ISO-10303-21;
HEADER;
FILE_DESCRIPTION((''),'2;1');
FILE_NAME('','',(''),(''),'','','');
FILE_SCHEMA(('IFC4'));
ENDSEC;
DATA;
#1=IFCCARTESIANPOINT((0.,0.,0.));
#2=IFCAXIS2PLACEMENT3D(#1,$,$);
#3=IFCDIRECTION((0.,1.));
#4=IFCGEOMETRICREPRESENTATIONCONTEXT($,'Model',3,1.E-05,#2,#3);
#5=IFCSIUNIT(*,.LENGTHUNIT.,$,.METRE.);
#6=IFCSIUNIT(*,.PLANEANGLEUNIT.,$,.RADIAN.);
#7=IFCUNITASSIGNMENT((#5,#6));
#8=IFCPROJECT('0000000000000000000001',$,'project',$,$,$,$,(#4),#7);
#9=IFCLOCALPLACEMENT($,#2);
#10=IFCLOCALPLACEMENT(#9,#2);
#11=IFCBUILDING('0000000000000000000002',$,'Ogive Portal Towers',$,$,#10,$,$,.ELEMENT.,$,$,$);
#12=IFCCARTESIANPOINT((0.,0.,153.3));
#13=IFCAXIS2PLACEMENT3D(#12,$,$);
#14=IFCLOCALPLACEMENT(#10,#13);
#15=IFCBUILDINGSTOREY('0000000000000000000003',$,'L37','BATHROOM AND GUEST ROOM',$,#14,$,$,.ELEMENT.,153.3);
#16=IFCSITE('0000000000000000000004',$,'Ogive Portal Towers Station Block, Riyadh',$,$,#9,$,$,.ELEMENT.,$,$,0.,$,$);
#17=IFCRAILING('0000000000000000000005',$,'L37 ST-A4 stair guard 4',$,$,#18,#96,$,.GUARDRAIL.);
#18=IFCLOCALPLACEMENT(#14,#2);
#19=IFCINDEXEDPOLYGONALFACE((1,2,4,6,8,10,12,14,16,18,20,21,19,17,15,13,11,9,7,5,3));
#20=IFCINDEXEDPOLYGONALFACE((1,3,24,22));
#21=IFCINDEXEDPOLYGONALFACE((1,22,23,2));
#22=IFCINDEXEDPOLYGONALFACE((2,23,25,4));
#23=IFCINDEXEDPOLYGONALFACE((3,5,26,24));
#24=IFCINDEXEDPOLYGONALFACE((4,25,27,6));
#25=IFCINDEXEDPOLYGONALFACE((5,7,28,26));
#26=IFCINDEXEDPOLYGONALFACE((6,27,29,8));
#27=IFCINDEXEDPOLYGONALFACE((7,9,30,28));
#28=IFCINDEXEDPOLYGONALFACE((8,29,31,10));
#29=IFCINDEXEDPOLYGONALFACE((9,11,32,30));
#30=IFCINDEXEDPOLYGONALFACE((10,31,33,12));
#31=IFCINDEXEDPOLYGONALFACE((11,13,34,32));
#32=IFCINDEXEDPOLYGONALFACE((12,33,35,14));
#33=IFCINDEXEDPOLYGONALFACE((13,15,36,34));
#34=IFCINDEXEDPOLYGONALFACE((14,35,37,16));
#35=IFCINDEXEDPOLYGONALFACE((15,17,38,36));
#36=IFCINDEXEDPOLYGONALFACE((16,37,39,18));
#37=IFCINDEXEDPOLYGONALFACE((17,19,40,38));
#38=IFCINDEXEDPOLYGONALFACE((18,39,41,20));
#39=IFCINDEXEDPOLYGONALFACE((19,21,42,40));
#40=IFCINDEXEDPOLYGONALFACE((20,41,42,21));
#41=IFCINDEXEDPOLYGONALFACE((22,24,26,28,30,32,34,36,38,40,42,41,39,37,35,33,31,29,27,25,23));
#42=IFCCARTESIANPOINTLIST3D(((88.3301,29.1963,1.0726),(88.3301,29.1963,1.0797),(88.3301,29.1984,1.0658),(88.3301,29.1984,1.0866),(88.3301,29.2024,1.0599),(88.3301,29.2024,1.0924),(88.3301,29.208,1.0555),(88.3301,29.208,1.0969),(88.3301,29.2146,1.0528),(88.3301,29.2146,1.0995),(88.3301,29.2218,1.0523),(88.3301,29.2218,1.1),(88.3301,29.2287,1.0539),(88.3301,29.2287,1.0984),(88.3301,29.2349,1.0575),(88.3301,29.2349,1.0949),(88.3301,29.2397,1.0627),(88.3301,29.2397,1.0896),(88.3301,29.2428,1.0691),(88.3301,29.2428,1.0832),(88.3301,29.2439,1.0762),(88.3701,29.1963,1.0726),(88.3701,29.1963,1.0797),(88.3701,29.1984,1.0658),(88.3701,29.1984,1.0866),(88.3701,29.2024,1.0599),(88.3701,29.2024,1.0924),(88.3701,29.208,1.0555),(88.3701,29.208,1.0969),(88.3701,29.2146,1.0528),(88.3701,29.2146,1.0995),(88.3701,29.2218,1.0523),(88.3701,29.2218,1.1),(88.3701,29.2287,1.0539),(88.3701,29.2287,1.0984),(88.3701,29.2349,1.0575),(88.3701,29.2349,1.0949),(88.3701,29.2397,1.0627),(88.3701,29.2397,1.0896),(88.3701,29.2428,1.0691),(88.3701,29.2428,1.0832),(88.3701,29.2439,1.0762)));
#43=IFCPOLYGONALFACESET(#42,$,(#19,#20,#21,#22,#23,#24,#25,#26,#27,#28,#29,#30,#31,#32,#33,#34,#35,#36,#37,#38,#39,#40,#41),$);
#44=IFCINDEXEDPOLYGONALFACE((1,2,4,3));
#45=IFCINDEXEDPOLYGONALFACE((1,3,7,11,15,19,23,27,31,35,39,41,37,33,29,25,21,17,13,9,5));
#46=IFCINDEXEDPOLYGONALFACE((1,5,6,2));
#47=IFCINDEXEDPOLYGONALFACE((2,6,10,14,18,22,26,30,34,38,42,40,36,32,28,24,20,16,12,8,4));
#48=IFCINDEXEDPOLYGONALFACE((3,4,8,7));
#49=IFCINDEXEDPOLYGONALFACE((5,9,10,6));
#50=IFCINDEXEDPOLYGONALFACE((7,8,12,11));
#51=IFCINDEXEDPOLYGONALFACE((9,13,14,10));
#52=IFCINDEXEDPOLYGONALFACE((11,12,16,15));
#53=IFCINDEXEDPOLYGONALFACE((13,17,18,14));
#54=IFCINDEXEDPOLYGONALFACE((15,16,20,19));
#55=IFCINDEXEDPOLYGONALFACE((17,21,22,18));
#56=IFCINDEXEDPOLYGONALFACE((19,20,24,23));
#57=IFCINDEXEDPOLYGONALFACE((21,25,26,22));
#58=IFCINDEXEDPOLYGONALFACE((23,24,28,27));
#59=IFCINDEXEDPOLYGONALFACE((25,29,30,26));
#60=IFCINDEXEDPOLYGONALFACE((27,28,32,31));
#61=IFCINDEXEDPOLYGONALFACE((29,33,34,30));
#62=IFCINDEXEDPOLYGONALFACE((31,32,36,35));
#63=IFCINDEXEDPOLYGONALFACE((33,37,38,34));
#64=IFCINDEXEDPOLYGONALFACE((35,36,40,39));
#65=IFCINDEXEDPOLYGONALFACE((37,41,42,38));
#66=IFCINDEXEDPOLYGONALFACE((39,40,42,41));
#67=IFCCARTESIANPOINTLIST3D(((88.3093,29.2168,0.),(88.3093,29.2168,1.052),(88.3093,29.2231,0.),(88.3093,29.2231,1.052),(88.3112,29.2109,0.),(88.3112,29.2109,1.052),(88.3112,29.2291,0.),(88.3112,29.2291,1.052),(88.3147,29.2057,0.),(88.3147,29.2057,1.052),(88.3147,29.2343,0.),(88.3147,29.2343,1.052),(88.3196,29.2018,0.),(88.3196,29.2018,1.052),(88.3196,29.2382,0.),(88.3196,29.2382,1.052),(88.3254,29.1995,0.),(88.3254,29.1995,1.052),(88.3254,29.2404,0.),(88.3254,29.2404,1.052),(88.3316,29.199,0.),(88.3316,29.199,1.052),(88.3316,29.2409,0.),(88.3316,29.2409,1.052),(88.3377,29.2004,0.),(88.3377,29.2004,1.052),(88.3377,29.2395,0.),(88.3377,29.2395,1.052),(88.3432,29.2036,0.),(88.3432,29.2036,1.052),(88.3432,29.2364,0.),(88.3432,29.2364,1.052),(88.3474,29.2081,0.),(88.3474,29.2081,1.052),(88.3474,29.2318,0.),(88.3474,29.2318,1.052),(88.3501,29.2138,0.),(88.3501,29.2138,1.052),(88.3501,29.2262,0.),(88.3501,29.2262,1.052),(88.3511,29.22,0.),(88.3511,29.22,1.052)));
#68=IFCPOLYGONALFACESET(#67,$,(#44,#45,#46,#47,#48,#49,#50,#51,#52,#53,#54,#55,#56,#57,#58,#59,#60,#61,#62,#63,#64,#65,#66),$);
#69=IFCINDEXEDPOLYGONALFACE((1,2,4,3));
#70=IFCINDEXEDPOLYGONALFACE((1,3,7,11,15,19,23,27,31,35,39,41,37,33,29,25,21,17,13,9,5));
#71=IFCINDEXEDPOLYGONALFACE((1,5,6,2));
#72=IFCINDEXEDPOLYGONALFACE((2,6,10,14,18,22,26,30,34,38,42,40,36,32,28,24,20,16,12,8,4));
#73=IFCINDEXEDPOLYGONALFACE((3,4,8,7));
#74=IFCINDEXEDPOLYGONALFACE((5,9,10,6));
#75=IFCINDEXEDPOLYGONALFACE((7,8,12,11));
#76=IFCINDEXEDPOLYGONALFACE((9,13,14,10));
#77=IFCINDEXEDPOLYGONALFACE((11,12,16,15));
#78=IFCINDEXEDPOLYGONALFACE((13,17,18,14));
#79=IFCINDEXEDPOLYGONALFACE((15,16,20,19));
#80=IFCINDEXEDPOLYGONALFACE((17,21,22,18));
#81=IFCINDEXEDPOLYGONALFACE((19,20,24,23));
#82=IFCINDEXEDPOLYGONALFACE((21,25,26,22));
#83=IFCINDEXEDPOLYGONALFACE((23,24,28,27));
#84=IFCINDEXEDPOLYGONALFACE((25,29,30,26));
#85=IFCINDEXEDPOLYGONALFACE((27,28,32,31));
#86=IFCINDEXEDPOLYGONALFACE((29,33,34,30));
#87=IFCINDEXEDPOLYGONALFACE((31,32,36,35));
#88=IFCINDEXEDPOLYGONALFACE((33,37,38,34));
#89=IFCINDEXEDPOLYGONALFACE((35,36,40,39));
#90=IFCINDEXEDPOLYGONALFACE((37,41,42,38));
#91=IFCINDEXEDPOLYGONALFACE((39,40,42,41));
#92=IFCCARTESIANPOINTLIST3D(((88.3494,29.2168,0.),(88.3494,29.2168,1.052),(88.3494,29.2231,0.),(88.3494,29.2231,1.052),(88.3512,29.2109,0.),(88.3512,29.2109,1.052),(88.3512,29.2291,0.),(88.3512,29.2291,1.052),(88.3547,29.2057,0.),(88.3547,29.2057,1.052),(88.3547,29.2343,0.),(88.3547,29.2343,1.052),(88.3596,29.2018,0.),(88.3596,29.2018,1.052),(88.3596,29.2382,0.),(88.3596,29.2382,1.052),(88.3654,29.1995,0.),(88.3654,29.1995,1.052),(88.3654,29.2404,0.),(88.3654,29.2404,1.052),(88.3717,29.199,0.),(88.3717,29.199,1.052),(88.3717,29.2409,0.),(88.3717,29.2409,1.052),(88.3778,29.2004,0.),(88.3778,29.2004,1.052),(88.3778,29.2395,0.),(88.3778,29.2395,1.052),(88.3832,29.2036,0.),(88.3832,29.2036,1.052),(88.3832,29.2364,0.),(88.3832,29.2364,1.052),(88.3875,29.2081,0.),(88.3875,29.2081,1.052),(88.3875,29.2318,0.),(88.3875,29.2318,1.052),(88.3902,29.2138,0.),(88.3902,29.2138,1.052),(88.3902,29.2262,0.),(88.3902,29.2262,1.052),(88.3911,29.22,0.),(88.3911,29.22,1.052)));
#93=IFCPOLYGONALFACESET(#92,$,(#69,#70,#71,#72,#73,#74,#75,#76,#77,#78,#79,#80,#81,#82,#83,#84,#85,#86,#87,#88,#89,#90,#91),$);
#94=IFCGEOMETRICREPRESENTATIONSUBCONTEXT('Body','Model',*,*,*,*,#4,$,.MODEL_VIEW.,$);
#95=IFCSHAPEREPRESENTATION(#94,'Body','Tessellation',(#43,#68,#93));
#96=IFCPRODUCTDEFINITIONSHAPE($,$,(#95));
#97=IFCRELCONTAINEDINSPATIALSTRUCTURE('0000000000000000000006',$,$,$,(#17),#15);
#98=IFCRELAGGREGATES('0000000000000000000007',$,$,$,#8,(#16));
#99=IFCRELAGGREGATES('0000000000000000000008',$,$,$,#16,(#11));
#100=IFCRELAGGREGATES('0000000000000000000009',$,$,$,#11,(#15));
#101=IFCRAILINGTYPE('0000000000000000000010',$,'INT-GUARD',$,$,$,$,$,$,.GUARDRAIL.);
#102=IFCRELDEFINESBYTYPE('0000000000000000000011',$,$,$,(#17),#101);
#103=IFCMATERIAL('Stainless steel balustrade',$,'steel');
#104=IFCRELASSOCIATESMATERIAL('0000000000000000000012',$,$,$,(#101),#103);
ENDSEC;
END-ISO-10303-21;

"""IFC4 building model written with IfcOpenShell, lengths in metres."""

from ifc_helpers import new_model, si_unit, direction, frame, origin, origin_2d, place, context, subcontext, project, spatial, circle, extrude, material, type_object, element, save


model = new_model("IFC4")

# Units and contexts
model_context = context("Model", 3, precision=1e-05, world=origin(), true_north=direction((0.0, 1.0)))
body_context = subcontext(model_context, "Body", "Model", "MODEL_VIEW")
ifc_project = project(units=[si_unit("LENGTHUNIT", "METRE"), si_unit("PLANEANGLEUNIT", "RADIAN")], contexts=[model_context])

# Site, building, storey
site_placement = place(None, origin())
site = spatial("IfcSite", under=ifc_project, at=site_placement, Name="Ogive Portal Towers Station Block, Riyadh", CompositionType="ELEMENT", RefElevation=0.0)
building_placement = place(site_placement, origin())
building = spatial("IfcBuilding", under=site, at=building_placement, Name="Ogive Portal Towers", CompositionType="ELEMENT")
storey_placement = place(building_placement, frame((0.0, 0.0, 153.3)))
storey = spatial("IfcBuildingStorey", under=building, at=storey_placement, Name="L37", Description="BATHROOM AND GUEST ROOM", CompositionType="ELEMENT", Elevation=153.3)

# Railing
ifc_material_1 = material(Name="Stainless steel balustrade", Category="steel")
railing_type_1 = type_object("IfcRailingType", Name="INT-GUARD", PredefinedType="GUARDRAIL", material=ifc_material_1)
railing_1_placement = place(storey_placement, frame((88.3301, 29.22, 0.0)))
element("IfcRailing", 1, at=railing_1_placement, inside=storey, type_object=railing_type_1, Name="L37 ST-A4 stair guard 4", PredefinedType="GUARDRAIL", context=body_context, shape_type="SweptSolid", body=[
    extrude(circle(Radius=0.0239, at=origin_2d()), frame((0.0, 0.0, 1.0762), z_axis=(1.0, 0.0, 0.0), x_axis=(0.0, 1.0, 0.0)), (0.0, 0.0, 1.0), 0.04),
    extrude(circle(Radius=0.021, at=origin_2d()), origin(), (0.0, 0.0, 1.0), 1.052),
    extrude(circle(Radius=0.021, at=origin_2d()), frame((0.04, 0.0, 0.0)), (0.0, 0.0, 1.0), 1.052),
])

save(model, "model.ifc")
